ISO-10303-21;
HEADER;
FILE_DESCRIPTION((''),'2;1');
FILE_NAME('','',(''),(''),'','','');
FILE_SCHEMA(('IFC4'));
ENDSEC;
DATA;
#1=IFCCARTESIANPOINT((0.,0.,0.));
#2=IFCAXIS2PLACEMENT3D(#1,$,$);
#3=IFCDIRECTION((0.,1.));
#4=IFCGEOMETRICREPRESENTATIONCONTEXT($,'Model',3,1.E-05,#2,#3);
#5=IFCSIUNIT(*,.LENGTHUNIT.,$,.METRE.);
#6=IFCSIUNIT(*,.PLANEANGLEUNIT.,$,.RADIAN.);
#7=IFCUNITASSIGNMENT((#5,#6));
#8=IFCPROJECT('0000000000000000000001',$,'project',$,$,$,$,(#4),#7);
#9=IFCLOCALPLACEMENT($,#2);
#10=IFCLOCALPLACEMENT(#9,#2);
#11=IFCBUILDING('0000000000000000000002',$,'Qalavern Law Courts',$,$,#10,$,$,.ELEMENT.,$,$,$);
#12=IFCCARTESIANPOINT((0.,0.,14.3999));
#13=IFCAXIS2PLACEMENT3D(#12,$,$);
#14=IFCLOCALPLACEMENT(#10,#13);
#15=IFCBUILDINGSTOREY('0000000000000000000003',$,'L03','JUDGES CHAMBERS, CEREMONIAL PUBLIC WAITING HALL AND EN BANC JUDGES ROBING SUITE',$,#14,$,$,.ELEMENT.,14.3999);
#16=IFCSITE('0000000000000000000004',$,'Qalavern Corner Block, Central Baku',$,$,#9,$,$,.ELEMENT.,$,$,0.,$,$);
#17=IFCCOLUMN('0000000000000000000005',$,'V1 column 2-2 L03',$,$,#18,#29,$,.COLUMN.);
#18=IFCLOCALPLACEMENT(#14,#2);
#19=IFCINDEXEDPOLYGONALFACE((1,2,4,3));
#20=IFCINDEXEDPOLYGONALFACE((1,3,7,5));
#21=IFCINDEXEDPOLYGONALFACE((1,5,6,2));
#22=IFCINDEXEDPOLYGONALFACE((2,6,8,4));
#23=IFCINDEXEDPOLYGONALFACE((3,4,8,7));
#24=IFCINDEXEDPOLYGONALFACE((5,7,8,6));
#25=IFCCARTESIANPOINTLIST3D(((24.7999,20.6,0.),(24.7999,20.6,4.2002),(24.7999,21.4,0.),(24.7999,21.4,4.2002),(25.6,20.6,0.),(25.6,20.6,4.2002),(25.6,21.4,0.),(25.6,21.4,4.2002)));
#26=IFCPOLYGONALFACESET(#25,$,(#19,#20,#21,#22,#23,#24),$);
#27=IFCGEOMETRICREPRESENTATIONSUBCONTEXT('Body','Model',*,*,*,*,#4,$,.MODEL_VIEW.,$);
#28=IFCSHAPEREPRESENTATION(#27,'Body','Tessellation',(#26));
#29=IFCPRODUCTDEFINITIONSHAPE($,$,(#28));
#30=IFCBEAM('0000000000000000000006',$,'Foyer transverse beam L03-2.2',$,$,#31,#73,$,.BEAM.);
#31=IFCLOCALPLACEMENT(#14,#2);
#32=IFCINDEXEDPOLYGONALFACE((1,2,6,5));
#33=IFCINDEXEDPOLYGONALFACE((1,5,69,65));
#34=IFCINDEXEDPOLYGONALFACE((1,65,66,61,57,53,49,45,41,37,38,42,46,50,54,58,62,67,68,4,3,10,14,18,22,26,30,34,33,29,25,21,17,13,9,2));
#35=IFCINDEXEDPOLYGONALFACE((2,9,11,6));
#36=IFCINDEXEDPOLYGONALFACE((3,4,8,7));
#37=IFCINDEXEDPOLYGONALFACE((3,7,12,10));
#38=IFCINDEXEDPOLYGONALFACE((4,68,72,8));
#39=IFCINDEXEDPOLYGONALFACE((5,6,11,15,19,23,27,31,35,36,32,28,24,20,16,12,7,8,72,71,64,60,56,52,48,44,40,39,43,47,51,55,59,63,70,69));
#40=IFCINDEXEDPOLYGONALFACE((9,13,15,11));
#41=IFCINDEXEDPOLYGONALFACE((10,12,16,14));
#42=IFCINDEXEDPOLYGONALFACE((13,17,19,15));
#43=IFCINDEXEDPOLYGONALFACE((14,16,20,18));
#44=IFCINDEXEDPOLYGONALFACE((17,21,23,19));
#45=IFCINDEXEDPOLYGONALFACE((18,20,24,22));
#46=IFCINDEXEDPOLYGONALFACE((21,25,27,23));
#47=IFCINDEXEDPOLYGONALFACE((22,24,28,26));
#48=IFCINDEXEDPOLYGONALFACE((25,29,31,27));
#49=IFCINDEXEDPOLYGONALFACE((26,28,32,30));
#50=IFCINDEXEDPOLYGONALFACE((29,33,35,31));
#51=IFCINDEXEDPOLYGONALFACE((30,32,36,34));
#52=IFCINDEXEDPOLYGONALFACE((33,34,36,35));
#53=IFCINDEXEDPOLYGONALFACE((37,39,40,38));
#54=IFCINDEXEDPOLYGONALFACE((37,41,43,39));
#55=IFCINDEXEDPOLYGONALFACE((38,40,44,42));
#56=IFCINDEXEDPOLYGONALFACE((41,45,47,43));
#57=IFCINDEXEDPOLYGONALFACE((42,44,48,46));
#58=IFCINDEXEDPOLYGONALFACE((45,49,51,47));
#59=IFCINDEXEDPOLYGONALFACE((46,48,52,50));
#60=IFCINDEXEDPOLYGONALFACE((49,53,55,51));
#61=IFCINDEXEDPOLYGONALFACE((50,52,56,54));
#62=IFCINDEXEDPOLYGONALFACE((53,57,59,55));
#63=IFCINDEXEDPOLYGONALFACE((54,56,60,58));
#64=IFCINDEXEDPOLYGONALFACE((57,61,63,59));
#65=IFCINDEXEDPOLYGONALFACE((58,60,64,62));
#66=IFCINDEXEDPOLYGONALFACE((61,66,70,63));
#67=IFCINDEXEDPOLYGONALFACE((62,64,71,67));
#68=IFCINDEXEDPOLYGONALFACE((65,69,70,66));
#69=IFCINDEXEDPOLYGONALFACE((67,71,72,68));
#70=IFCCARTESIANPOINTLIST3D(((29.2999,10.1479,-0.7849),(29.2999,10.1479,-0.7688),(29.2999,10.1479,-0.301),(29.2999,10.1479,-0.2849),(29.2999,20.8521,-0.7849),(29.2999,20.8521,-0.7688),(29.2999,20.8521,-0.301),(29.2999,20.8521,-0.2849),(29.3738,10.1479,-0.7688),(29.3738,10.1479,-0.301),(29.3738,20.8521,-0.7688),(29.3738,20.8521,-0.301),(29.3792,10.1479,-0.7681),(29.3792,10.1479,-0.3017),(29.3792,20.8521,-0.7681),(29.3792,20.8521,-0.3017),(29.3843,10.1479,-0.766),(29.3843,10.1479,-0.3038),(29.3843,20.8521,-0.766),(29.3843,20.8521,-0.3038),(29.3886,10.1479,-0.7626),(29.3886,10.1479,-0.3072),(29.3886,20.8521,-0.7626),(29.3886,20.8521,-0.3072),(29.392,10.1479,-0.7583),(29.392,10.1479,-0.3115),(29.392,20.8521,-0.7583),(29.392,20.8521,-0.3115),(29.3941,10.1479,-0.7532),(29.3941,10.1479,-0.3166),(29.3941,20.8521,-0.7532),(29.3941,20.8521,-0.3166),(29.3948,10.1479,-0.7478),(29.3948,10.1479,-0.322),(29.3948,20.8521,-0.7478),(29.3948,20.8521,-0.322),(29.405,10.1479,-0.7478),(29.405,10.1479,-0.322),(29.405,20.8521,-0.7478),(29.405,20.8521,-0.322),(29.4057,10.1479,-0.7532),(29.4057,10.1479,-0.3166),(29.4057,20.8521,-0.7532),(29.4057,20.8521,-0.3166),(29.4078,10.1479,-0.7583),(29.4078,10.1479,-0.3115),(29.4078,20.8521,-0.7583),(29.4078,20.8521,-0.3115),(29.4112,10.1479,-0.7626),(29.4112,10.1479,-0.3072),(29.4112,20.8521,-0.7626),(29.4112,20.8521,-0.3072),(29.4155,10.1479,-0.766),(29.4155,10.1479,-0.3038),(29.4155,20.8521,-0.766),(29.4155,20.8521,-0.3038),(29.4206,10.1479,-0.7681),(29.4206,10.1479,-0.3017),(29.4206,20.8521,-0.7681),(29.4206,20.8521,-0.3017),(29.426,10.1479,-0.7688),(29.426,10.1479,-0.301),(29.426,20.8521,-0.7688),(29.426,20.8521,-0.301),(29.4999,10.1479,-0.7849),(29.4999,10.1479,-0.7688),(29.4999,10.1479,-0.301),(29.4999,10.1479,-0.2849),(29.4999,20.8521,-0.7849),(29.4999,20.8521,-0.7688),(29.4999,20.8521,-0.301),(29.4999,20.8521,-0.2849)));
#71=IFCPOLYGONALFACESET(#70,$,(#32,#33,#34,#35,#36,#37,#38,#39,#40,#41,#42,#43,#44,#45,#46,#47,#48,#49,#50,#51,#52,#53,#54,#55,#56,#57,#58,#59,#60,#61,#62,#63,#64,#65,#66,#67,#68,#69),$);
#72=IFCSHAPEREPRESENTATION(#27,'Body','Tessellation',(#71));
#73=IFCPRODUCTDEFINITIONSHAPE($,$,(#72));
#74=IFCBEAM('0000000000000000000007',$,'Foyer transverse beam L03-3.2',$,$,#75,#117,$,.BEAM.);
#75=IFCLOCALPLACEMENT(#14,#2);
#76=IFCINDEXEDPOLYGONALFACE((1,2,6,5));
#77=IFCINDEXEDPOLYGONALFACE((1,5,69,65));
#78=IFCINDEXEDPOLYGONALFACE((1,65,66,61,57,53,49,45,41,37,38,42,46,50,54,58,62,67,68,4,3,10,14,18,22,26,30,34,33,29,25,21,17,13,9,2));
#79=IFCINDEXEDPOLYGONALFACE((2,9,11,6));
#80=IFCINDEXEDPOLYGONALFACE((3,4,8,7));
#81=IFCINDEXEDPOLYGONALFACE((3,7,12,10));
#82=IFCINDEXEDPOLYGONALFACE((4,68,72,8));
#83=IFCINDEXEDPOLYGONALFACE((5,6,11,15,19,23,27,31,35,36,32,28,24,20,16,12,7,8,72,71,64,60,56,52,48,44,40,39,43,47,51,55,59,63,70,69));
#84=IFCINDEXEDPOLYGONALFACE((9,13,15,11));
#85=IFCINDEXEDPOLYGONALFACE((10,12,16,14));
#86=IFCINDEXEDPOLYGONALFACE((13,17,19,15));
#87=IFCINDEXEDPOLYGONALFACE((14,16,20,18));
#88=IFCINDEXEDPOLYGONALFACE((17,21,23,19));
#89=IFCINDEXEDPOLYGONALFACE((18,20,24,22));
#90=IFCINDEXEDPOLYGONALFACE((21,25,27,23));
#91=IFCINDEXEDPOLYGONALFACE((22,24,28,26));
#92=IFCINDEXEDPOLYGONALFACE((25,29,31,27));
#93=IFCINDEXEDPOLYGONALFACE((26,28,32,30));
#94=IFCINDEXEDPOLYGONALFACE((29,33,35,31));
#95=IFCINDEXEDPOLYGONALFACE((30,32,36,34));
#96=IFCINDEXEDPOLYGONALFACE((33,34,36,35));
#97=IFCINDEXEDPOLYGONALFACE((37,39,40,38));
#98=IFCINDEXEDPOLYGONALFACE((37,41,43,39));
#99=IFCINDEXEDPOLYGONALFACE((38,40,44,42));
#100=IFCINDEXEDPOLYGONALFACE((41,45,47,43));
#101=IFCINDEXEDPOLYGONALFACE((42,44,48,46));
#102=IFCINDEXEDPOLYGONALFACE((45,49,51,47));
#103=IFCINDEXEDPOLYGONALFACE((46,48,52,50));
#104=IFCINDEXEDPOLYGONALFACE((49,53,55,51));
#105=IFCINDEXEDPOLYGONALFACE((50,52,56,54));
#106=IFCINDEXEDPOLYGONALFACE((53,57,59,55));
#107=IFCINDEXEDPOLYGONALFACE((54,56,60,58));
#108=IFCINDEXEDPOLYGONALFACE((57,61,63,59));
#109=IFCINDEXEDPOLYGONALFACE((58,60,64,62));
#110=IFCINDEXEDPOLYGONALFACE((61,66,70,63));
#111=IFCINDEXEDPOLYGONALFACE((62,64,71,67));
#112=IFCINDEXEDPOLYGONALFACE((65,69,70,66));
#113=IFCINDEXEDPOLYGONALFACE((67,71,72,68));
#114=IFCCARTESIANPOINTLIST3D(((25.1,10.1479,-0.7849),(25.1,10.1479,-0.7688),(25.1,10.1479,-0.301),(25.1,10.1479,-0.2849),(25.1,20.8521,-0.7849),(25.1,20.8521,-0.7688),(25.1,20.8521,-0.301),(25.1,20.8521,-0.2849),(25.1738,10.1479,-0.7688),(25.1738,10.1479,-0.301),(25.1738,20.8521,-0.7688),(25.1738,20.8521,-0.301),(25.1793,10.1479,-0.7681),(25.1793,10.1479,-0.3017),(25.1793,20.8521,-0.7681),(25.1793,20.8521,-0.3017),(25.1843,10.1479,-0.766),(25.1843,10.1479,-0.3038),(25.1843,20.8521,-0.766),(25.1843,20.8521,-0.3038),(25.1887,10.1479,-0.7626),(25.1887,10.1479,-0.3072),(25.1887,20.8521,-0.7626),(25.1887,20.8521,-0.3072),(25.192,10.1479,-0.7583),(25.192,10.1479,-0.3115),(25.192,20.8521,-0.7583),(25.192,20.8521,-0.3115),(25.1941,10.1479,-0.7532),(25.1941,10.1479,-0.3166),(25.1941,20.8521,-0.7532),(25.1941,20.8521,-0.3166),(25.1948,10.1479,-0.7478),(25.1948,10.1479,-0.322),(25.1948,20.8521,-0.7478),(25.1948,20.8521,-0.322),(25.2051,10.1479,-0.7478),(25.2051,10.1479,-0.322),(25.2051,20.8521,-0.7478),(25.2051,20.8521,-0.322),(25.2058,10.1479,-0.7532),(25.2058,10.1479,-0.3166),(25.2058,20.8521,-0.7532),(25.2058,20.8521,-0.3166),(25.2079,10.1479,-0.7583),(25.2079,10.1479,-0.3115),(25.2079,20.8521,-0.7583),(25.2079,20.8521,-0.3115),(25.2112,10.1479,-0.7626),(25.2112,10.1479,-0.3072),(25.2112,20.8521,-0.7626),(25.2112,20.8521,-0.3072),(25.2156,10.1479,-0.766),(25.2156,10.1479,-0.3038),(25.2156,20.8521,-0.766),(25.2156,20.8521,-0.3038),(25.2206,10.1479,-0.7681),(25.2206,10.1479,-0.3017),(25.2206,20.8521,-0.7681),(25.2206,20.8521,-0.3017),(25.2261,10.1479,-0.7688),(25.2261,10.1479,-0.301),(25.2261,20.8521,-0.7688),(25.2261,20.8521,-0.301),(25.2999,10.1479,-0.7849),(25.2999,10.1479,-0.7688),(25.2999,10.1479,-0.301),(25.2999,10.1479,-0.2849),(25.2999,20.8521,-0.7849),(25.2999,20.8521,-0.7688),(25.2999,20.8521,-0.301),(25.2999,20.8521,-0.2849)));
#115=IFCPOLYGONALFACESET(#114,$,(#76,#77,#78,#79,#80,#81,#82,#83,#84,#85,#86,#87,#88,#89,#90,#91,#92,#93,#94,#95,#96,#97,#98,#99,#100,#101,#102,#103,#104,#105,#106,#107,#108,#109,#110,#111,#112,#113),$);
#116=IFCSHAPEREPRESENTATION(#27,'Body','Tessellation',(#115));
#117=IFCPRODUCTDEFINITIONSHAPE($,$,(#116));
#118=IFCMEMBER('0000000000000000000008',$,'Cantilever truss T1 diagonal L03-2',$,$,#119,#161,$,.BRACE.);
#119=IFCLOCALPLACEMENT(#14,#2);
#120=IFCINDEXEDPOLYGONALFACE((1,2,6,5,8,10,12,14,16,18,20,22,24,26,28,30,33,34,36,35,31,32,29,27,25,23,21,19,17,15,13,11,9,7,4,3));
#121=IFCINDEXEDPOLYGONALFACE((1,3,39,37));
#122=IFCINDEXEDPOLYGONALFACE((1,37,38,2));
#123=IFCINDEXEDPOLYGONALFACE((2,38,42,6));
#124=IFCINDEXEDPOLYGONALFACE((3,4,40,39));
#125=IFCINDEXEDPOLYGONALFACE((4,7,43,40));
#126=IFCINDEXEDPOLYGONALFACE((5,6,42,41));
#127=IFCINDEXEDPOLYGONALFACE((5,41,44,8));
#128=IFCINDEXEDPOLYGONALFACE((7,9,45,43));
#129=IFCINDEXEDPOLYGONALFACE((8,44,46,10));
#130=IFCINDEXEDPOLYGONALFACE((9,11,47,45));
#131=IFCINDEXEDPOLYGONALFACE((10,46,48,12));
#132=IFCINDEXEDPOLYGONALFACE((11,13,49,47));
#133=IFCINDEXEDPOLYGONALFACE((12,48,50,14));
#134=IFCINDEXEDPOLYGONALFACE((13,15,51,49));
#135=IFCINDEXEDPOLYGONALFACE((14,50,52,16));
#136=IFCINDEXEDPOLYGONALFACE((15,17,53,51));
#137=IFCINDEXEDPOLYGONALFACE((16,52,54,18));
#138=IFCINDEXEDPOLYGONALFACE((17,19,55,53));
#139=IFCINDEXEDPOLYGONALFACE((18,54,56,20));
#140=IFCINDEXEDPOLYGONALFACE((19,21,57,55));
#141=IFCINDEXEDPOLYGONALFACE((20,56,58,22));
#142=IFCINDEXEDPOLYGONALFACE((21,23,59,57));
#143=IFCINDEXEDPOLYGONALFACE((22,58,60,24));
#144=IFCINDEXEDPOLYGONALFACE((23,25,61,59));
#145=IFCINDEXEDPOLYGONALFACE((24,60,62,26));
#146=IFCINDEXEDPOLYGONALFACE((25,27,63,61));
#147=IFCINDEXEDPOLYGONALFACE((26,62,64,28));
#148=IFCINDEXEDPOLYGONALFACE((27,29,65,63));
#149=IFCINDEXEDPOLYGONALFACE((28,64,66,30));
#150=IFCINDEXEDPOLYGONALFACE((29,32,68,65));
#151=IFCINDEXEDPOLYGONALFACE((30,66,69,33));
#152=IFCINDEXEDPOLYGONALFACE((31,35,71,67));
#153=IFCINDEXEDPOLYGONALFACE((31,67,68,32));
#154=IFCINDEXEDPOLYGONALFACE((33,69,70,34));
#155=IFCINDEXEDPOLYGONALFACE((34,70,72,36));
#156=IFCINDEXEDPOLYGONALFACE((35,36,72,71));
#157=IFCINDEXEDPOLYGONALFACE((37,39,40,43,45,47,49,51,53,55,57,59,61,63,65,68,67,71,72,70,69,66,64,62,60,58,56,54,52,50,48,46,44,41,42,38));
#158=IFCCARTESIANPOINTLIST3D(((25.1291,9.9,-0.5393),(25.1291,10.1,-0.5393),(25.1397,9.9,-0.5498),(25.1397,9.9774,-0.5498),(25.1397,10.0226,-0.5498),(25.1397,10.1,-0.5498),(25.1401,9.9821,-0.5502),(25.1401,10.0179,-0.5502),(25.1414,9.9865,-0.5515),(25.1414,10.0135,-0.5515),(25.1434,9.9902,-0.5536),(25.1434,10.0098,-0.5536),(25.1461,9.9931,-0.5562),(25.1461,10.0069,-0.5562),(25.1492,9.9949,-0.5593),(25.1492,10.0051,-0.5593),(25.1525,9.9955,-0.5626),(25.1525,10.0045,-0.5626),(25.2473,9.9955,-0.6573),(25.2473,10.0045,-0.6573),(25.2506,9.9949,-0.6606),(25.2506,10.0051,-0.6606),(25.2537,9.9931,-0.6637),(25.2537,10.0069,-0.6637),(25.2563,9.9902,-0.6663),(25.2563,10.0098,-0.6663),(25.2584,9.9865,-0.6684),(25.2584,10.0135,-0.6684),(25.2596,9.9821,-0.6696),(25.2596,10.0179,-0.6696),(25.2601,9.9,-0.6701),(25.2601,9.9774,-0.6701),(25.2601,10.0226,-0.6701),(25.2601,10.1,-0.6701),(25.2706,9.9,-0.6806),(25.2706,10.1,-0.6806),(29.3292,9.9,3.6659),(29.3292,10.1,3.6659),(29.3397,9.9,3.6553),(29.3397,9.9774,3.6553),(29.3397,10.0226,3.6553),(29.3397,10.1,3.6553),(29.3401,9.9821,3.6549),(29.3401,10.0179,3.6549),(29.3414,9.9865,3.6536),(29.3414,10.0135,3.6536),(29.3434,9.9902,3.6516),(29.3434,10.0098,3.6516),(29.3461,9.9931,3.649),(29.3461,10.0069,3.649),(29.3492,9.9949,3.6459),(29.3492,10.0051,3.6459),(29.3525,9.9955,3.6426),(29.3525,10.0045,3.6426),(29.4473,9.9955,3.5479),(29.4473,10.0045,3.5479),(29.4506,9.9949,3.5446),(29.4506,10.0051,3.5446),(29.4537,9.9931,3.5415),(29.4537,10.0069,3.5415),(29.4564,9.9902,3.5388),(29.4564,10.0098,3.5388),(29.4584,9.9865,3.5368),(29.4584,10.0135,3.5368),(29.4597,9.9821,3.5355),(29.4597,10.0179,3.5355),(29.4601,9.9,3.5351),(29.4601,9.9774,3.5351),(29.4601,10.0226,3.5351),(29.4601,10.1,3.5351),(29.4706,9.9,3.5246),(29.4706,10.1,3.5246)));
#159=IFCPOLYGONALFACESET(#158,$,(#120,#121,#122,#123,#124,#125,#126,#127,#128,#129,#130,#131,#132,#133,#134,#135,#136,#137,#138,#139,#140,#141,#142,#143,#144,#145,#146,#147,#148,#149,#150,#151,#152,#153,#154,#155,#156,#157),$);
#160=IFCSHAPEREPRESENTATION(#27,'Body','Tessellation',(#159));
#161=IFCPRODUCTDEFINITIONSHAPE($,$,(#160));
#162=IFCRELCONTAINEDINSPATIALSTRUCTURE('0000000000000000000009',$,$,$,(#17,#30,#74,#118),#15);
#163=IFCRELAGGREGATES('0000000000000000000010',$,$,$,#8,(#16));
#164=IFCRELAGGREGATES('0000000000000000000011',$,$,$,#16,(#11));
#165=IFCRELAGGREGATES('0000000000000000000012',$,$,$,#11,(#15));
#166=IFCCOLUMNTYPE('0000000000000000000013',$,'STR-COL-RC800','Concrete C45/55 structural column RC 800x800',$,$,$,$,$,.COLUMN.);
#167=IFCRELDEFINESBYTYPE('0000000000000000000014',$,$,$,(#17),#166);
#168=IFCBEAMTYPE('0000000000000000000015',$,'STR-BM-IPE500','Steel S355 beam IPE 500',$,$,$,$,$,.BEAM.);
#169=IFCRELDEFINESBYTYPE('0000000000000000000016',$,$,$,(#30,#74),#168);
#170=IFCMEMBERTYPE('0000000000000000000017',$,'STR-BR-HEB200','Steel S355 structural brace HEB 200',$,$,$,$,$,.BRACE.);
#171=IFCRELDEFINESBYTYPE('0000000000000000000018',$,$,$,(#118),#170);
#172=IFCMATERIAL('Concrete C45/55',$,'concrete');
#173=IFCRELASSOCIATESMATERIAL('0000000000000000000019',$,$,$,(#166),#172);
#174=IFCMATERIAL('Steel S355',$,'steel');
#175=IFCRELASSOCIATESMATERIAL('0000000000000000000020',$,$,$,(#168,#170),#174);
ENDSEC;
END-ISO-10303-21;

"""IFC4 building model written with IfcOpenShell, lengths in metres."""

from ifc_helpers import new_model, si_unit, direction, frame, origin, origin_2d, place, context, subcontext, project, spatial, rectangle, i_section, extrude, material, material_profile, profile_set, type_object, element, save


model = new_model("IFC4")

# Units and contexts
model_context = context("Model", 3, precision=1e-05, world=origin(), true_north=direction((0.0, 1.0)))
body_context = subcontext(model_context, "Body", "Model", "MODEL_VIEW")
ifc_project = project(units=[si_unit("LENGTHUNIT", "METRE"), si_unit("PLANEANGLEUNIT", "RADIAN")], contexts=[model_context])

# Site, building, storey
site_placement = place(None, origin())
site = spatial("IfcSite", under=ifc_project, at=site_placement, Name="Qalavern Corner Block, Central Baku", CompositionType="ELEMENT", RefElevation=0.0)
building_placement = place(site_placement, origin())
building = spatial("IfcBuilding", under=site, at=building_placement, Name="Qalavern Law Courts", CompositionType="ELEMENT")
storey_placement = place(building_placement, frame((0.0, 0.0, 14.3999)))
storey = spatial("IfcBuildingStorey", under=building, at=storey_placement, Name="L03", Description="JUDGES CHAMBERS, CEREMONIAL PUBLIC WAITING HALL AND EN BANC JUDGES ROBING SUITE", CompositionType="ELEMENT", Elevation=14.3999)

# Column
ifc_material_1 = material(Name="Concrete C45/55", Category="concrete")
ifc_material_profile_1 = material_profile(ifc_material_1, rectangle(XDim=0.8, YDim=0.8, at=origin_2d()), Name="RC 800x800")
ifc_profile_set_1 = profile_set([ifc_material_profile_1], Name="Concrete C45/55")
column_type = type_object("IfcColumnType", Name="STR-COL-RC800", Description="Concrete C45/55 structural column RC 800x800", PredefinedType="COLUMN", material=ifc_profile_set_1)
column_placement = place(storey_placement, frame((25.2, 21.0, 0.0), z_axis=(0.0, 0.0, 1.0), x_axis=(1.0, 0.0, 0.0)))
element("IfcColumn", 1, at=column_placement, inside=storey, type_object=column_type, Name="V1 column 2-2 L03", PredefinedType="COLUMN", context=body_context, shape_type="SweptSolid", body=[
    extrude(rectangle(XDim=0.8, YDim=0.8, at=origin_2d()), origin(), (0.0, 0.0, 1.0), 4.2002),
])

# Beams
ifc_material_2 = material(Name="Steel S355", Category="steel")
ifc_material_profile_2 = material_profile(ifc_material_2, i_section(OverallWidth=0.2, OverallDepth=0.5, WebThickness=0.0103, FlangeThickness=0.0161, FilletRadius=0.021, at=origin_2d()), Name="IPE 500")
ifc_profile_set_2 = profile_set([ifc_material_profile_2], Name="Steel S355")
beam_type_1 = type_object("IfcBeamType", Name="STR-BM-IPE500", Description="Steel S355 beam IPE 500", PredefinedType="BEAM", material=ifc_profile_set_2)
for number, where, z_axis, x_axis, name in (
    (2, (29.3999, 10.1479, -0.5349), (0.0, 1.0, 0.0), (-1.0, 0.0, 0.0), "Foyer transverse beam L03-2.2"),
    (3, (25.2, 10.1479, -0.5349), (0.0, 1.0, 0.0), (-1.0, 0.0, 0.0), "Foyer transverse beam L03-3.2"),
):
    element("IfcBeam", number, at=place(storey_placement, frame(where, z_axis=z_axis, x_axis=x_axis)), inside=storey, type_object=beam_type_1, Name=name, PredefinedType="BEAM", context=body_context, shape_type="SweptSolid", body=[
        extrude(i_section(OverallWidth=0.2, OverallDepth=0.5, WebThickness=0.0103, FlangeThickness=0.0161, FilletRadius=0.021, at=origin_2d()), origin(), (0.0, 0.0, 1.0), 10.7041),
    ])

# Member
ifc_material_profile_3 = material_profile(ifc_material_2, i_section(OverallWidth=0.2, OverallDepth=0.2, WebThickness=0.009, FlangeThickness=0.0149, FilletRadius=0.0181, at=origin_2d()), Name="HEB 200")
ifc_profile_set_3 = profile_set([ifc_material_profile_3], Name="Steel S355")
member_type_1 = type_object("IfcMemberType", Name="STR-BR-HEB200", Description="Steel S355 structural brace HEB 200", PredefinedType="BRACE", material=ifc_profile_set_3)
for number, where, z_axis, x_axis, name in (
    (4, (29.3999, 10.0, 3.5952), (-0.706675, 0.0, -0.707538), (0.0, -1.0, 0.0), "Cantilever truss T1 diagonal L03-2"),
):
    element("IfcMember", number, at=place(storey_placement, frame(where, z_axis=z_axis, x_axis=x_axis)), inside=storey, type_object=member_type_1, Name=name, PredefinedType="BRACE", context=body_context, shape_type="SweptSolid", body=[
        extrude(i_section(OverallWidth=0.2, OverallDepth=0.2, WebThickness=0.009, FlangeThickness=0.0149, FilletRadius=0.0181, at=origin_2d()), origin(), (0.0, 0.0, 1.0), 5.9434),
    ])

save(model, "model.ifc")
